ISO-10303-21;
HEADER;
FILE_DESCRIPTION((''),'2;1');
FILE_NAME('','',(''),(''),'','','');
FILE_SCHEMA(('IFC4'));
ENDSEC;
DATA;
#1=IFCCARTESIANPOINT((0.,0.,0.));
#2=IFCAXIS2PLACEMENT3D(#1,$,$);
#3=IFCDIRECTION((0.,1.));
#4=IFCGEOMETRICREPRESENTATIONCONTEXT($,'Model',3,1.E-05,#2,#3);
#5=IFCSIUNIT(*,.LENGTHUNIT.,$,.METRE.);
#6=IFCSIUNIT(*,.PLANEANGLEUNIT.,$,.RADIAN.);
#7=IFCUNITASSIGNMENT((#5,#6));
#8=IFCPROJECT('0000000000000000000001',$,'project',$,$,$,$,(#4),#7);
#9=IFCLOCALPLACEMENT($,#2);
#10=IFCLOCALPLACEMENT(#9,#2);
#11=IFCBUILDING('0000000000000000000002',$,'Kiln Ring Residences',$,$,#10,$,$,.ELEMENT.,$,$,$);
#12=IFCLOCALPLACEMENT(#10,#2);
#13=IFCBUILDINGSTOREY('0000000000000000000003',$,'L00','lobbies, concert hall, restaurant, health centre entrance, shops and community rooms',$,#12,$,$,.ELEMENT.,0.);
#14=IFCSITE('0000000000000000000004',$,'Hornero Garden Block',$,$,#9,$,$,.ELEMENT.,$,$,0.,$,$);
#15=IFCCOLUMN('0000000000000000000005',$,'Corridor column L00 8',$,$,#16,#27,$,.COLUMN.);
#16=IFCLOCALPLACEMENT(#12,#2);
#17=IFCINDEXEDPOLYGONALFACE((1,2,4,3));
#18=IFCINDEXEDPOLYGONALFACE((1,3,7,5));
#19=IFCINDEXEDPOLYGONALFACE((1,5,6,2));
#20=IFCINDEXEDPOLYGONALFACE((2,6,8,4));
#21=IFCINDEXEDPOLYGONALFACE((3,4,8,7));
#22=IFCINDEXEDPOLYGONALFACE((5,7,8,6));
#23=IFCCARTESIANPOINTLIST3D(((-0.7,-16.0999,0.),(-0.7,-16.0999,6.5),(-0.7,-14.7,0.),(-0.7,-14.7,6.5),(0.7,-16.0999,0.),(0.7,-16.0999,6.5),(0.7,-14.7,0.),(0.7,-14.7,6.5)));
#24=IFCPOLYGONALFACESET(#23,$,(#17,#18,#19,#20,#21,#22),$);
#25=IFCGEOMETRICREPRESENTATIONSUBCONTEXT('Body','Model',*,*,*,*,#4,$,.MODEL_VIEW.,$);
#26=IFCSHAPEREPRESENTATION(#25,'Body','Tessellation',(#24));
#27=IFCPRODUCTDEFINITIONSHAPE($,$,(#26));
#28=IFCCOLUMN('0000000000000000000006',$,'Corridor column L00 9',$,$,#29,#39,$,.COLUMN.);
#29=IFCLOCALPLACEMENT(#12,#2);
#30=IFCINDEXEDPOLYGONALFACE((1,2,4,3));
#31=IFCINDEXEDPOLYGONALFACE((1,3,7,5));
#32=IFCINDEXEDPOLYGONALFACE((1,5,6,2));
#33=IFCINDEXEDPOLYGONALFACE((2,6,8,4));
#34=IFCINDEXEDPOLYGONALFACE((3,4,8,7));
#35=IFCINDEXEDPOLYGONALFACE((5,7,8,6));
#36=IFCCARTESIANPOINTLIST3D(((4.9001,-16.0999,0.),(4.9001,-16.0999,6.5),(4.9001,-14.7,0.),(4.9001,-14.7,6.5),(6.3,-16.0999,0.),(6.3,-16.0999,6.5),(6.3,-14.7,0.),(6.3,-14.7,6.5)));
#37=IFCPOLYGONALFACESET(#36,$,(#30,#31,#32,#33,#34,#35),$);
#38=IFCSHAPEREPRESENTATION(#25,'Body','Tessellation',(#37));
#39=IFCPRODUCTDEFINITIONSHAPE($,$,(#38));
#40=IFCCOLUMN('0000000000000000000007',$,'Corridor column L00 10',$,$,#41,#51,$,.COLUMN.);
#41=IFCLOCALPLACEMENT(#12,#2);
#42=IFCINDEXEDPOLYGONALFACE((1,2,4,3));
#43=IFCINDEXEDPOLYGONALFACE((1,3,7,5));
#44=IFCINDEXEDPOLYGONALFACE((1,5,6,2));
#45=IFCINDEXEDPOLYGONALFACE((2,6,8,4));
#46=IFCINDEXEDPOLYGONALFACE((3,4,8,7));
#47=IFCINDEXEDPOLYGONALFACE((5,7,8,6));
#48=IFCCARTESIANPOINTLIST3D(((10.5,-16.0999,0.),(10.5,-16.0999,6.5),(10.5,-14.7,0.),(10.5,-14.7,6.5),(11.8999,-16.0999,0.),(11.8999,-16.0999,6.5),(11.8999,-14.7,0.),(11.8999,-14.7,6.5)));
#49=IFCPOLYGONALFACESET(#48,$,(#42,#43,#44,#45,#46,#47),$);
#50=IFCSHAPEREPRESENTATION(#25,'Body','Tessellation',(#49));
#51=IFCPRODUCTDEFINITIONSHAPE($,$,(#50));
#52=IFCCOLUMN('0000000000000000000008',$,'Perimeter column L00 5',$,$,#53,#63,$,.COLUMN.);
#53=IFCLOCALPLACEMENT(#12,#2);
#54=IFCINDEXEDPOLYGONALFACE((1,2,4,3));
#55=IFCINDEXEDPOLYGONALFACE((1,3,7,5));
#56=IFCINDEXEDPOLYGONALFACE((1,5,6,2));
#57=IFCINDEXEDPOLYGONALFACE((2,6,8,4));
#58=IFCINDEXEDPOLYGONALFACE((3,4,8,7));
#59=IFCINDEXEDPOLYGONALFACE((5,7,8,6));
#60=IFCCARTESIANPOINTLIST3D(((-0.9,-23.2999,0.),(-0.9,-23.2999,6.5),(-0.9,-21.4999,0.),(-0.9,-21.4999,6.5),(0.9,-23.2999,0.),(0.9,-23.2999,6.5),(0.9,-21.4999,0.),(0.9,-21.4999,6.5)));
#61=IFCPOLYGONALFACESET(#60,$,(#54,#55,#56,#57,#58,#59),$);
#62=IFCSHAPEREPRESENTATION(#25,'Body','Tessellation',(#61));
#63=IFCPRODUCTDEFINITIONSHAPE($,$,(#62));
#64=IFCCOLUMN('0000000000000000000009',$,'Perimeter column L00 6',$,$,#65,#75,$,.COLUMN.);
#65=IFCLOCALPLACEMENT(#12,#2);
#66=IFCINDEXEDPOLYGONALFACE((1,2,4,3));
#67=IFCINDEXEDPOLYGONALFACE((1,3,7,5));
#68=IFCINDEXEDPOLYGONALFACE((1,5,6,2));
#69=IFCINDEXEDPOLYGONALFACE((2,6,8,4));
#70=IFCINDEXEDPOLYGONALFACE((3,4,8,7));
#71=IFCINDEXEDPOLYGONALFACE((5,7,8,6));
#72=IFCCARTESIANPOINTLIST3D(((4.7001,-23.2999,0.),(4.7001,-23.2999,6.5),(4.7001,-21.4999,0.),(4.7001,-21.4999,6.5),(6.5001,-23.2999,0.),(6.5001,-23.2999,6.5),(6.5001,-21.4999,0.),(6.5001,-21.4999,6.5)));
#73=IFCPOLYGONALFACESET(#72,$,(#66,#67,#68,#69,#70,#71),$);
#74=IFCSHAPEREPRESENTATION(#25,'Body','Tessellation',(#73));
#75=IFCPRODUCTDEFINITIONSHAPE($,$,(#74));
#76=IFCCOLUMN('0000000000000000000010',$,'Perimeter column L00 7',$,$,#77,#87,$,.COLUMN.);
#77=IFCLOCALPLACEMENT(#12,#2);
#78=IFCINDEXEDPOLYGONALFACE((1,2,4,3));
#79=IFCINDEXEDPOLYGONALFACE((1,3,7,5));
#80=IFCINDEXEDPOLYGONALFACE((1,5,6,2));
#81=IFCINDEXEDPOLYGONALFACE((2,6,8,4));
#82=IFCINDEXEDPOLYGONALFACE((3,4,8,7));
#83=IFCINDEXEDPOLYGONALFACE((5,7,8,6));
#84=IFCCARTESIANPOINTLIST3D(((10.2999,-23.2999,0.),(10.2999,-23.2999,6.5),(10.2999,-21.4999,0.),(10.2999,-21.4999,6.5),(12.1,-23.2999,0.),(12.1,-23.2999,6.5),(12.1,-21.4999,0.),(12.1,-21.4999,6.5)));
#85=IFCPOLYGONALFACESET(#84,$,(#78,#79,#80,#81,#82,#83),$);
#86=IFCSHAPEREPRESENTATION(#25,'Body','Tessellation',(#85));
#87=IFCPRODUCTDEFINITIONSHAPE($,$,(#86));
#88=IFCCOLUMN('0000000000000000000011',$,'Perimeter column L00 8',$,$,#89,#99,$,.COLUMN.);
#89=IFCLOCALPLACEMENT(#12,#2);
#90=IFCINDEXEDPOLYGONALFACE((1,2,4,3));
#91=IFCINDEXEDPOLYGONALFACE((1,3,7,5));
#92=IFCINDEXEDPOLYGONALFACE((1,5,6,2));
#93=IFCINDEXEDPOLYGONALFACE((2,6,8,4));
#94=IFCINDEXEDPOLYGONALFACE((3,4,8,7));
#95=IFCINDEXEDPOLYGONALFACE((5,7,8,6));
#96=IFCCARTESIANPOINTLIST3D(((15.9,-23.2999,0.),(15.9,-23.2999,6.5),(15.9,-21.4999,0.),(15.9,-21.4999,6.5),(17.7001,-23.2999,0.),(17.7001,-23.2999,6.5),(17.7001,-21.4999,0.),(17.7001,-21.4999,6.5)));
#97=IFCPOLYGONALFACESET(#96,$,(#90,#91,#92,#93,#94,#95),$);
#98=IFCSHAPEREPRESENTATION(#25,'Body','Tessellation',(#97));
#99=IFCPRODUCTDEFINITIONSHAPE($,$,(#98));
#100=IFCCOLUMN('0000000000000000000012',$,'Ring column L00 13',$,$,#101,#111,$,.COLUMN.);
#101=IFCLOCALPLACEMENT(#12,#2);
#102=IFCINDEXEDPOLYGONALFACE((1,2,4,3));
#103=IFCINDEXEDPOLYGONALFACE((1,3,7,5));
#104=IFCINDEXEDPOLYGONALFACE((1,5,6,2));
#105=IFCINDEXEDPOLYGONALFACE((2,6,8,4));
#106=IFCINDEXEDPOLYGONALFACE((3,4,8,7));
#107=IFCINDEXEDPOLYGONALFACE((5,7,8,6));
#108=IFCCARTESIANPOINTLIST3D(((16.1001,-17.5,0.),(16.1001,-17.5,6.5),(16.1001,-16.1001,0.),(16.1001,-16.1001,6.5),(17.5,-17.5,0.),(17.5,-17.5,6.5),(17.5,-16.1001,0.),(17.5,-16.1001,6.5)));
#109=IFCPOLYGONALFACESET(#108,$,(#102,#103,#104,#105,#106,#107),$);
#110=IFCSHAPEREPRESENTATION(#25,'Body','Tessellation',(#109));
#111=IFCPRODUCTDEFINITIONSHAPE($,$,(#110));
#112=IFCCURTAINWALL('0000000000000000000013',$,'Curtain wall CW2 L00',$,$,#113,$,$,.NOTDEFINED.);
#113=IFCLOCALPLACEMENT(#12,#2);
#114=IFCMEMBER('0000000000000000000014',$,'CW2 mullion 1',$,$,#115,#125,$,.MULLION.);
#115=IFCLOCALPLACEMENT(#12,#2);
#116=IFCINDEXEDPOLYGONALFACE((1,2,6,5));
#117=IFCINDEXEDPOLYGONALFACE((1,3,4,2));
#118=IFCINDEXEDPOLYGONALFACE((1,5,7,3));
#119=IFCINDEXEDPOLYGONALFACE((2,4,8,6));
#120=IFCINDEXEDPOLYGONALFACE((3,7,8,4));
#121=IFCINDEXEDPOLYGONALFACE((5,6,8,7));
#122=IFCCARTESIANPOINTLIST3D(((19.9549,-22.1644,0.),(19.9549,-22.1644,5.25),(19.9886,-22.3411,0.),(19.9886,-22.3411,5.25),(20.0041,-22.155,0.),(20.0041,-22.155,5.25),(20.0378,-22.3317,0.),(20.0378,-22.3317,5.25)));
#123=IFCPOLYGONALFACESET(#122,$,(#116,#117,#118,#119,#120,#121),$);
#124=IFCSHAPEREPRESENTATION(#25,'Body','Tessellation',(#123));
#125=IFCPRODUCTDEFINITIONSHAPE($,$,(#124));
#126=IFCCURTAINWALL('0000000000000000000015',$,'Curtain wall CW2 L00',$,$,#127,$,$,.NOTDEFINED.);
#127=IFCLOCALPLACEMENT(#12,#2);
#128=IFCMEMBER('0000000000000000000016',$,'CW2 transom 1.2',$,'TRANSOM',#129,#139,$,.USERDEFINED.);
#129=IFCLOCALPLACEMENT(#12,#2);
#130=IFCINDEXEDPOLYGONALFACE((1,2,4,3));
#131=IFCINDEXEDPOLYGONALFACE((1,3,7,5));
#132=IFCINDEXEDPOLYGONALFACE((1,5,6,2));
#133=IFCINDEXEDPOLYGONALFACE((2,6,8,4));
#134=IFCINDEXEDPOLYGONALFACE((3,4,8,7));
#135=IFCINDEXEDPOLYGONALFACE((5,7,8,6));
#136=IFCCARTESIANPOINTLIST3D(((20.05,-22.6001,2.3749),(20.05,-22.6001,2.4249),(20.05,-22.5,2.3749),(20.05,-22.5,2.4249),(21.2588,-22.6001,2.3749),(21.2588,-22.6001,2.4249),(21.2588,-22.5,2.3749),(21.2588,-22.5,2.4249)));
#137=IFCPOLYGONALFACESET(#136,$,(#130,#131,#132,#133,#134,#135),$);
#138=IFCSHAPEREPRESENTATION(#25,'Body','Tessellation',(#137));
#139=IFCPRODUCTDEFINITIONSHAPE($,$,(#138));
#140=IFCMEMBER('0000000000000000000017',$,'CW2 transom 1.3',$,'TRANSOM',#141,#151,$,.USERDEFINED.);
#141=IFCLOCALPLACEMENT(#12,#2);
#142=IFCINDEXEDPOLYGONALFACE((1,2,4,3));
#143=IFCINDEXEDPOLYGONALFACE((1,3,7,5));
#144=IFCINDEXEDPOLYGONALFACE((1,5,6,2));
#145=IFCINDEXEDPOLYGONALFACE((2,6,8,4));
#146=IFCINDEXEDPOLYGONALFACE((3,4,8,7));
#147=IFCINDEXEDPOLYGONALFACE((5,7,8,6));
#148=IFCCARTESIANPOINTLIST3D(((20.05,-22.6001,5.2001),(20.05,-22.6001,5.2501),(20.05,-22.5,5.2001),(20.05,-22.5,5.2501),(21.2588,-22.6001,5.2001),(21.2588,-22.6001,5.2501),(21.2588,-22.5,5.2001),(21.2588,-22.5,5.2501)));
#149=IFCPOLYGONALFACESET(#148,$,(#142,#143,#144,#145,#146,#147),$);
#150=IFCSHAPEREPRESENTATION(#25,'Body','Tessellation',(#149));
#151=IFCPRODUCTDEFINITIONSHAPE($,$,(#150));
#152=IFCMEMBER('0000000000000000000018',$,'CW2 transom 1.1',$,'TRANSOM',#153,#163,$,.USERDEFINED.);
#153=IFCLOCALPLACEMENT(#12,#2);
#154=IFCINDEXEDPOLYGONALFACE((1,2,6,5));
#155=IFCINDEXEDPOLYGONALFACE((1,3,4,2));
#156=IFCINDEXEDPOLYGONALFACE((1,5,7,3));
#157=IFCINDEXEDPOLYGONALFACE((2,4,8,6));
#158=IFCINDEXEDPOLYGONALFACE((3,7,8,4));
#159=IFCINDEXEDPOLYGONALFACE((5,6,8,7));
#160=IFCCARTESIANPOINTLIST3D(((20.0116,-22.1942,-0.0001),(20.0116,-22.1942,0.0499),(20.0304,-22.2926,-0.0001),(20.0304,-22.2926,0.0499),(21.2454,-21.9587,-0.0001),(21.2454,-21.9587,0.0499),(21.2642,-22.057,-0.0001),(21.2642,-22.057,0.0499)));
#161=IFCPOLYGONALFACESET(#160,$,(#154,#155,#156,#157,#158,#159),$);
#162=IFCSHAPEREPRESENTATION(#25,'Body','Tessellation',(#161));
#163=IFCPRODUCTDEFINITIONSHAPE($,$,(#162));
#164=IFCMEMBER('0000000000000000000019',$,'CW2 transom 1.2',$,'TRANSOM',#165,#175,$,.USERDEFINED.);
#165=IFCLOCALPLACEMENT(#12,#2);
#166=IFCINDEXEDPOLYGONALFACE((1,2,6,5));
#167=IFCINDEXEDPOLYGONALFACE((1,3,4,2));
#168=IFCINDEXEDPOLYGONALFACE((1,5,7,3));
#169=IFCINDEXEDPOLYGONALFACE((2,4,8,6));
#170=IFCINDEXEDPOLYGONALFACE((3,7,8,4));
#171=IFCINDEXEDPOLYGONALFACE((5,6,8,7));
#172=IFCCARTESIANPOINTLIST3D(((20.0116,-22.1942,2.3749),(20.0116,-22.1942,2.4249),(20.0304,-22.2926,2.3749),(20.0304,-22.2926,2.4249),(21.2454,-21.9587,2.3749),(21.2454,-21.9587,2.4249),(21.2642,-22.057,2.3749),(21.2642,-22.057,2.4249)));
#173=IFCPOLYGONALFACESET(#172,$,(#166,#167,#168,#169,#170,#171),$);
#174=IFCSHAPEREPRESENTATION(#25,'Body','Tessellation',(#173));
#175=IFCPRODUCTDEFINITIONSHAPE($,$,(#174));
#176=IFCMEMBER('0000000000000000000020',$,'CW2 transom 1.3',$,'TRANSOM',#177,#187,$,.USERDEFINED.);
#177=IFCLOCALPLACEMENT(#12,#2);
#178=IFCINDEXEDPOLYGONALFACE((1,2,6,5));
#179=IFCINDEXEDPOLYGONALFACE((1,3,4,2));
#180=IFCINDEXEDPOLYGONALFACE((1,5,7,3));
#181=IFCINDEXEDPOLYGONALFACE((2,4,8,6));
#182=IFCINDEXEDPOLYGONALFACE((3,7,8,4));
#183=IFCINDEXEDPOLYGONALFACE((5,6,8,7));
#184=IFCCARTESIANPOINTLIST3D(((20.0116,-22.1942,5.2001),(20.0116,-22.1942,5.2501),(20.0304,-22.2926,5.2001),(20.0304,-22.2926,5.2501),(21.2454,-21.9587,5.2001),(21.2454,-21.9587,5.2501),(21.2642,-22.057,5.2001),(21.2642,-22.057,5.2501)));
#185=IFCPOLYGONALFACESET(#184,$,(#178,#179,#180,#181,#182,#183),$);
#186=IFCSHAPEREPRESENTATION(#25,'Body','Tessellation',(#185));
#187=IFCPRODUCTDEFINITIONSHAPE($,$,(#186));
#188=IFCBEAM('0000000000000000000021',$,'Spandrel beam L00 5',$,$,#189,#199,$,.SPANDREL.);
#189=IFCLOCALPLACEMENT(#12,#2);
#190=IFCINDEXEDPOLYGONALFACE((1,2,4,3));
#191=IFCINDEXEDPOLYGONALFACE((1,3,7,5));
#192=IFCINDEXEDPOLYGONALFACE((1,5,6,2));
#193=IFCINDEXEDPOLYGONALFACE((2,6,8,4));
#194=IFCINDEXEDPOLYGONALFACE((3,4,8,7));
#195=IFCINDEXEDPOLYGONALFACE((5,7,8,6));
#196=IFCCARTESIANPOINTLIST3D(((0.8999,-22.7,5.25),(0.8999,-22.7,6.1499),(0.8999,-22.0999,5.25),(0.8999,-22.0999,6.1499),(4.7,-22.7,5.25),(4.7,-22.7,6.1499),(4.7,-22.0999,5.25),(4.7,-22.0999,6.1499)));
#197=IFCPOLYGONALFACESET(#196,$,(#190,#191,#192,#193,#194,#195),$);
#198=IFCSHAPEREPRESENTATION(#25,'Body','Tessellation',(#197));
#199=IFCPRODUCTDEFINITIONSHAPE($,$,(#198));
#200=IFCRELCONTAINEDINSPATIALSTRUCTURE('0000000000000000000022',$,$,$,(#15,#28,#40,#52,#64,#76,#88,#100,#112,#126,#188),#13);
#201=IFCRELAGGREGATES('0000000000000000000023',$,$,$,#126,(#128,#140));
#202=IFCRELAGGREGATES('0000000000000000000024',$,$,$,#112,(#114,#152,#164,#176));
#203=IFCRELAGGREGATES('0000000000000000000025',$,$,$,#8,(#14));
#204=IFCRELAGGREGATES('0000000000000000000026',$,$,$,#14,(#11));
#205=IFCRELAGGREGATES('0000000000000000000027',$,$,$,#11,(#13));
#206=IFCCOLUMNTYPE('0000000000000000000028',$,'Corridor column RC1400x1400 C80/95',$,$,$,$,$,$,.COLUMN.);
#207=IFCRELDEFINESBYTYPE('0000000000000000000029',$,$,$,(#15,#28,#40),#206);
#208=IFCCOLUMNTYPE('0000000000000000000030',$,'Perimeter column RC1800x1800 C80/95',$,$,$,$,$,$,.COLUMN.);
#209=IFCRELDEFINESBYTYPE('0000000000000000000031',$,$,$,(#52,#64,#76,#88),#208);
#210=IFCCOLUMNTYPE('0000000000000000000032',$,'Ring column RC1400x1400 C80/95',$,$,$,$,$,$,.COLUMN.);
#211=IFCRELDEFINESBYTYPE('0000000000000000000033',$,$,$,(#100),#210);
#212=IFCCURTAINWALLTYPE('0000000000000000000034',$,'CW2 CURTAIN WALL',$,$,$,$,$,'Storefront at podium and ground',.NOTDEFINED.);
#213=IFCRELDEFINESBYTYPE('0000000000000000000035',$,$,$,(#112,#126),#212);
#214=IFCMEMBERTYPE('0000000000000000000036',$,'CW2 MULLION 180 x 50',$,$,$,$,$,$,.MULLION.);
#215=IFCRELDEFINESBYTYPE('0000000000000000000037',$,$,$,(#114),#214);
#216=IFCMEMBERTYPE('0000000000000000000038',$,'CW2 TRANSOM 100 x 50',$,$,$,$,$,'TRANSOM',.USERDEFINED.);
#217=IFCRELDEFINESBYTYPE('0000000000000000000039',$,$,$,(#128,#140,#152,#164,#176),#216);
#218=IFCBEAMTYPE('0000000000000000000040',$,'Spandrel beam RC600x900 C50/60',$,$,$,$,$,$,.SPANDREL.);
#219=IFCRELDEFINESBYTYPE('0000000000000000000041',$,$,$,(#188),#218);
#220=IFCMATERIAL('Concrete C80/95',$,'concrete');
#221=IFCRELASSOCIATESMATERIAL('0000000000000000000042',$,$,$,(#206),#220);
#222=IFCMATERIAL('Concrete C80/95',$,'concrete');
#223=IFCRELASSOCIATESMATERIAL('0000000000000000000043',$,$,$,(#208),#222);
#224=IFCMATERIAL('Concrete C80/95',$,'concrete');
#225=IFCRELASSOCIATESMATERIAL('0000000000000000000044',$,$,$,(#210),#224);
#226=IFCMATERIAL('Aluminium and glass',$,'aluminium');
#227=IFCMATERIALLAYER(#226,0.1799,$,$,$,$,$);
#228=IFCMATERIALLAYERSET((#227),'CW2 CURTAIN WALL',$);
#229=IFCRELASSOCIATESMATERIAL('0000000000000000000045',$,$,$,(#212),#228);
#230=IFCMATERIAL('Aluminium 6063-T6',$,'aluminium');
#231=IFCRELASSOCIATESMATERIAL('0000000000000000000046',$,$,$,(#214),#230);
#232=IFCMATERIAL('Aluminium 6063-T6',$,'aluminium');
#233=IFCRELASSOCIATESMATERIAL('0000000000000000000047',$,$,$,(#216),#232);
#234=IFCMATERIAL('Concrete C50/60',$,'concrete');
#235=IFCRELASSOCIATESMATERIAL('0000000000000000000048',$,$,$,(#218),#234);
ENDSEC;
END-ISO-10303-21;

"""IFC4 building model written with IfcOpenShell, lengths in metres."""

from ifc_helpers import new_model, si_unit, direction, frame, origin, origin_2d, place, context, subcontext, project, spatial, rectangle, extrude, material, layer, layer_set, material_profile, profile_set, type_object, element, aggregate, save


model = new_model("IFC4")

# Units and contexts
model_context = context("Model", 3, precision=1e-05, world=origin(), true_north=direction((0.0, 1.0)))
body_context = subcontext(model_context, "Body", "Model", "MODEL_VIEW")
ifc_project = project(units=[si_unit("LENGTHUNIT", "METRE"), si_unit("PLANEANGLEUNIT", "RADIAN")], contexts=[model_context])

# Site, building, storey
site_placement = place(None, origin())
site = spatial("IfcSite", under=ifc_project, at=site_placement, Name="Hornero Garden Block", CompositionType="ELEMENT", RefElevation=0.0)
building_placement = place(site_placement, origin())
building = spatial("IfcBuilding", under=site, at=building_placement, Name="Kiln Ring Residences", CompositionType="ELEMENT")
storey_placement = place(building_placement, origin())
storey = spatial("IfcBuildingStorey", under=building, at=storey_placement, Name="L00", Description="lobbies, concert hall, restaurant, health centre entrance, shops and community rooms", CompositionType="ELEMENT", Elevation=0.0)

# Columns
ifc_material_1 = material(Name="Concrete C80/95", Category="concrete")
ifc_material_profile_1 = material_profile(ifc_material_1, rectangle(XDim=1.3999, YDim=1.3999, at=origin_2d()), Name="RC1400x1400")
ifc_profile_set_1 = profile_set([ifc_material_profile_1], Name="Concrete C80/95")
column_type_1 = type_object("IfcColumnType", Name="Corridor column RC1400x1400 C80/95", PredefinedType="COLUMN", material=ifc_profile_set_1)
for number, where, z_axis, x_axis, name in (
    (1, (0.0, -15.3999, 0.0), (0.0, 0.0, 1.0), (1.0, 0.0, 0.0), "Corridor column L00 8"),
    (2, (5.6001, -15.3999, 0.0), (0.0, 0.0, 1.0), (1.0, 0.0, 0.0), "Corridor column L00 9"),
    (3, (11.2, -15.3999, 0.0), (0.0, 0.0, 1.0), (1.0, 0.0, 0.0), "Corridor column L00 10"),
):
    element("IfcColumn", number, at=place(storey_placement, frame(where, z_axis=z_axis, x_axis=x_axis)), inside=storey, type_object=column_type_1, Name=name, PredefinedType="COLUMN", context=body_context, shape_type="SweptSolid", body=[
        extrude(rectangle(XDim=1.3999, YDim=1.3999, at=origin_2d()), origin(), (0.0, 0.0, 1.0), 6.5),
    ])
ifc_material_2 = material(Name="Concrete C80/95", Category="concrete")
ifc_material_profile_2 = material_profile(ifc_material_2, rectangle(XDim=1.8, YDim=1.8, at=origin_2d()), Name="RC1800x1800")
ifc_profile_set_2 = profile_set([ifc_material_profile_2], Name="Concrete C80/95")
column_type_2 = type_object("IfcColumnType", Name="Perimeter column RC1800x1800 C80/95", PredefinedType="COLUMN", material=ifc_profile_set_2)
for number, where, z_axis, x_axis, name in (
    (4, (0.0, -22.3999, 0.0), (0.0, 0.0, 1.0), (1.0, 0.0, 0.0), "Perimeter column L00 5"),
    (5, (5.6001, -22.3999, 0.0), (0.0, 0.0, 1.0), (1.0, 0.0, 0.0), "Perimeter column L00 6"),
    (6, (11.2, -22.3999, 0.0), (0.0, 0.0, 1.0), (1.0, 0.0, 0.0), "Perimeter column L00 7"),
    (7, (16.8, -22.3999, 0.0), (0.0, 0.0, 1.0), (1.0, 0.0, 0.0), "Perimeter column L00 8"),
):
    element("IfcColumn", number, at=place(storey_placement, frame(where, z_axis=z_axis, x_axis=x_axis)), inside=storey, type_object=column_type_2, Name=name, PredefinedType="COLUMN", context=body_context, shape_type="SweptSolid", body=[
        extrude(rectangle(XDim=1.8, YDim=1.8, at=origin_2d()), origin(), (0.0, 0.0, 1.0), 6.5),
    ])
ifc_material_3 = material(Name="Concrete C80/95", Category="concrete")
ifc_material_profile_3 = material_profile(ifc_material_3, rectangle(XDim=1.3999, YDim=1.3999, at=origin_2d()), Name="RC1400x1400")
ifc_profile_set_3 = profile_set([ifc_material_profile_3], Name="Concrete C80/95")
column_type_3 = type_object("IfcColumnType", Name="Ring column RC1400x1400 C80/95", PredefinedType="COLUMN", material=ifc_profile_set_3)
column_placement = place(storey_placement, frame((16.8, -16.8, 0.0), z_axis=(0.0, 0.0, 1.0), x_axis=(1.0, 0.0, 0.0)))
element("IfcColumn", 8, at=column_placement, inside=storey, type_object=column_type_3, Name="Ring column L00 13", PredefinedType="COLUMN", context=body_context, shape_type="SweptSolid", body=[
    extrude(rectangle(XDim=1.3999, YDim=1.3999, at=origin_2d()), origin(), (0.0, 0.0, 1.0), 6.5),
])

# Curtain wall, member
ifc_material_4 = material(Name="Aluminium and glass", Category="aluminium")
ifc_layer_1 = layer(ifc_material_4, 0.1799)
ifc_layer_set_1 = layer_set([ifc_layer_1], Name="CW2 CURTAIN WALL")
curtain_wall_type = type_object("IfcCurtainWallType", Name="CW2 CURTAIN WALL", ElementType="Storefront at podium and ground", PredefinedType="NOTDEFINED", material=ifc_layer_set_1)
placement = place(storey_placement, origin())
curtain_wall_1 = element("IfcCurtainWall", 9, at=placement, inside=storey, type_object=curtain_wall_type, Name="Curtain wall CW2 L00", PredefinedType="NOTDEFINED")
ifc_material_5 = material(Name="Aluminium 6063-T6", Category="aluminium")
ifc_material_profile_4 = material_profile(ifc_material_5, rectangle(XDim=0.1799, YDim=0.05, at=origin_2d()), Name="AL 180x50")
ifc_profile_set_4 = profile_set([ifc_material_profile_4], Name="Aluminium 6063-T6")
member_type_1 = type_object("IfcMemberType", Name="CW2 MULLION 180 x 50", PredefinedType="MULLION", material=ifc_profile_set_4)
member_1_placement = place(storey_placement, frame((19.9963, -22.248, 0.0), z_axis=(0.0, 0.0, 1.0), x_axis=(-0.187366, 0.98229, 0.0)))
member_1 = element("IfcMember", 10, at=member_1_placement, type_object=member_type_1, Name="CW2 mullion 1", PredefinedType="MULLION", context=body_context, shape_type="SweptSolid", body=[
    extrude(rectangle(XDim=0.1799, YDim=0.05, at=origin_2d()), origin(), (0.0, 0.0, 1.0), 5.25),
])

# Curtain wall, members
curtain_wall_2 = element("IfcCurtainWall", 11, at=placement, inside=storey, type_object=curtain_wall_type, Name="Curtain wall CW2 L00", PredefinedType="NOTDEFINED")
ifc_material_6 = material(Name="Aluminium 6063-T6", Category="aluminium")
ifc_material_profile_5 = material_profile(ifc_material_6, rectangle(XDim=0.1001, YDim=0.05, at=origin_2d()), Name="AL 100x50")
ifc_profile_set_5 = profile_set([ifc_material_profile_5], Name="Aluminium 6063-T6")
member_type_2 = type_object("IfcMemberType", Name="CW2 TRANSOM 100 x 50", ElementType="TRANSOM", PredefinedType="USERDEFINED", material=ifc_profile_set_5)
member_2_placement = place(storey_placement, frame((21.2588, -22.55, 2.3999), z_axis=(-1.0, 0.0, 0.0), x_axis=(0.0, -1.0, 0.0)))
member_2 = element("IfcMember", 12, at=member_2_placement, type_object=member_type_2, Name="CW2 transom 1.2", ObjectType="TRANSOM", PredefinedType="USERDEFINED", context=body_context, shape_type="SweptSolid", body=[
    extrude(rectangle(XDim=0.1001, YDim=0.05, at=origin_2d()), origin(), (0.0, 0.0, 1.0), 1.2087),
])
member_3_placement = place(storey_placement, frame((21.2588, -22.55, 5.2251), z_axis=(-1.0, 0.0, 0.0), x_axis=(0.0, -1.0, 0.0)))
member_3 = element("IfcMember", 13, at=member_3_placement, type_object=member_type_2, Name="CW2 transom 1.3", ObjectType="TRANSOM", PredefinedType="USERDEFINED", context=body_context, shape_type="SweptSolid", body=[
    extrude(rectangle(XDim=0.1001, YDim=0.05, at=origin_2d()), origin(), (0.0, 0.0, 1.0), 1.2087),
])
aggregate(curtain_wall_2, [member_2, member_3])

# Members
member_4_placement = place(storey_placement, frame((20.021, -22.2434, 0.0249), z_axis=(0.982255, 0.18755, 0.0), x_axis=(-0.18755, 0.982255, 0.0)))
member_4 = element("IfcMember", 14, at=member_4_placement, type_object=member_type_2, Name="CW2 transom 1.1", ObjectType="TRANSOM", PredefinedType="USERDEFINED", context=body_context, shape_type="SweptSolid", body=[
    extrude(rectangle(XDim=0.1001, YDim=0.05, at=origin_2d()), origin(), (0.0, 0.0, 1.0), 1.2561),
])
member_5_placement = place(storey_placement, frame((20.021, -22.2434, 2.3999), z_axis=(0.982255, 0.18755, 0.0), x_axis=(-0.18755, 0.982255, 0.0)))
member_5 = element("IfcMember", 15, at=member_5_placement, type_object=member_type_2, Name="CW2 transom 1.2", ObjectType="TRANSOM", PredefinedType="USERDEFINED", context=body_context, shape_type="SweptSolid", body=[
    extrude(rectangle(XDim=0.1001, YDim=0.05, at=origin_2d()), origin(), (0.0, 0.0, 1.0), 1.2561),
])
member_6_placement = place(storey_placement, frame((20.021, -22.2434, 5.2251), z_axis=(0.982255, 0.18755, 0.0), x_axis=(-0.18755, 0.982255, 0.0)))
member_6 = element("IfcMember", 16, at=member_6_placement, type_object=member_type_2, Name="CW2 transom 1.3", ObjectType="TRANSOM", PredefinedType="USERDEFINED", context=body_context, shape_type="SweptSolid", body=[
    extrude(rectangle(XDim=0.1001, YDim=0.05, at=origin_2d()), origin(), (0.0, 0.0, 1.0), 1.2561),
])

# Beam
ifc_material_7 = material(Name="Concrete C50/60", Category="concrete")
ifc_material_profile_6 = material_profile(ifc_material_7, rectangle(XDim=0.6001, YDim=0.8999, at=origin_2d()), Name="RC600x900")
ifc_profile_set_6 = profile_set([ifc_material_profile_6], Name="Concrete C50/60")
beam_type = type_object("IfcBeamType", Name="Spandrel beam RC600x900 C50/60", PredefinedType="SPANDREL", material=ifc_profile_set_6)
for number, where, z_axis, x_axis, name in (
    (17, (0.8999, -22.3999, 5.7), (1.0, 0.0, 0.0), (0.0, 1.0, 0.0), "Spandrel beam L00 5"),
):
    element("IfcBeam", number, at=place(storey_placement, frame(where, z_axis=z_axis, x_axis=x_axis)), inside=storey, type_object=beam_type, Name=name, PredefinedType="SPANDREL", context=body_context, shape_type="SweptSolid", body=[
        extrude(rectangle(XDim=0.6001, YDim=0.8999, at=origin_2d()), origin(), (0.0, 0.0, 1.0), 3.8),
    ])

aggregate(curtain_wall_1, [member_1, member_4, member_5, member_6])

save(model, "model.ifc")
